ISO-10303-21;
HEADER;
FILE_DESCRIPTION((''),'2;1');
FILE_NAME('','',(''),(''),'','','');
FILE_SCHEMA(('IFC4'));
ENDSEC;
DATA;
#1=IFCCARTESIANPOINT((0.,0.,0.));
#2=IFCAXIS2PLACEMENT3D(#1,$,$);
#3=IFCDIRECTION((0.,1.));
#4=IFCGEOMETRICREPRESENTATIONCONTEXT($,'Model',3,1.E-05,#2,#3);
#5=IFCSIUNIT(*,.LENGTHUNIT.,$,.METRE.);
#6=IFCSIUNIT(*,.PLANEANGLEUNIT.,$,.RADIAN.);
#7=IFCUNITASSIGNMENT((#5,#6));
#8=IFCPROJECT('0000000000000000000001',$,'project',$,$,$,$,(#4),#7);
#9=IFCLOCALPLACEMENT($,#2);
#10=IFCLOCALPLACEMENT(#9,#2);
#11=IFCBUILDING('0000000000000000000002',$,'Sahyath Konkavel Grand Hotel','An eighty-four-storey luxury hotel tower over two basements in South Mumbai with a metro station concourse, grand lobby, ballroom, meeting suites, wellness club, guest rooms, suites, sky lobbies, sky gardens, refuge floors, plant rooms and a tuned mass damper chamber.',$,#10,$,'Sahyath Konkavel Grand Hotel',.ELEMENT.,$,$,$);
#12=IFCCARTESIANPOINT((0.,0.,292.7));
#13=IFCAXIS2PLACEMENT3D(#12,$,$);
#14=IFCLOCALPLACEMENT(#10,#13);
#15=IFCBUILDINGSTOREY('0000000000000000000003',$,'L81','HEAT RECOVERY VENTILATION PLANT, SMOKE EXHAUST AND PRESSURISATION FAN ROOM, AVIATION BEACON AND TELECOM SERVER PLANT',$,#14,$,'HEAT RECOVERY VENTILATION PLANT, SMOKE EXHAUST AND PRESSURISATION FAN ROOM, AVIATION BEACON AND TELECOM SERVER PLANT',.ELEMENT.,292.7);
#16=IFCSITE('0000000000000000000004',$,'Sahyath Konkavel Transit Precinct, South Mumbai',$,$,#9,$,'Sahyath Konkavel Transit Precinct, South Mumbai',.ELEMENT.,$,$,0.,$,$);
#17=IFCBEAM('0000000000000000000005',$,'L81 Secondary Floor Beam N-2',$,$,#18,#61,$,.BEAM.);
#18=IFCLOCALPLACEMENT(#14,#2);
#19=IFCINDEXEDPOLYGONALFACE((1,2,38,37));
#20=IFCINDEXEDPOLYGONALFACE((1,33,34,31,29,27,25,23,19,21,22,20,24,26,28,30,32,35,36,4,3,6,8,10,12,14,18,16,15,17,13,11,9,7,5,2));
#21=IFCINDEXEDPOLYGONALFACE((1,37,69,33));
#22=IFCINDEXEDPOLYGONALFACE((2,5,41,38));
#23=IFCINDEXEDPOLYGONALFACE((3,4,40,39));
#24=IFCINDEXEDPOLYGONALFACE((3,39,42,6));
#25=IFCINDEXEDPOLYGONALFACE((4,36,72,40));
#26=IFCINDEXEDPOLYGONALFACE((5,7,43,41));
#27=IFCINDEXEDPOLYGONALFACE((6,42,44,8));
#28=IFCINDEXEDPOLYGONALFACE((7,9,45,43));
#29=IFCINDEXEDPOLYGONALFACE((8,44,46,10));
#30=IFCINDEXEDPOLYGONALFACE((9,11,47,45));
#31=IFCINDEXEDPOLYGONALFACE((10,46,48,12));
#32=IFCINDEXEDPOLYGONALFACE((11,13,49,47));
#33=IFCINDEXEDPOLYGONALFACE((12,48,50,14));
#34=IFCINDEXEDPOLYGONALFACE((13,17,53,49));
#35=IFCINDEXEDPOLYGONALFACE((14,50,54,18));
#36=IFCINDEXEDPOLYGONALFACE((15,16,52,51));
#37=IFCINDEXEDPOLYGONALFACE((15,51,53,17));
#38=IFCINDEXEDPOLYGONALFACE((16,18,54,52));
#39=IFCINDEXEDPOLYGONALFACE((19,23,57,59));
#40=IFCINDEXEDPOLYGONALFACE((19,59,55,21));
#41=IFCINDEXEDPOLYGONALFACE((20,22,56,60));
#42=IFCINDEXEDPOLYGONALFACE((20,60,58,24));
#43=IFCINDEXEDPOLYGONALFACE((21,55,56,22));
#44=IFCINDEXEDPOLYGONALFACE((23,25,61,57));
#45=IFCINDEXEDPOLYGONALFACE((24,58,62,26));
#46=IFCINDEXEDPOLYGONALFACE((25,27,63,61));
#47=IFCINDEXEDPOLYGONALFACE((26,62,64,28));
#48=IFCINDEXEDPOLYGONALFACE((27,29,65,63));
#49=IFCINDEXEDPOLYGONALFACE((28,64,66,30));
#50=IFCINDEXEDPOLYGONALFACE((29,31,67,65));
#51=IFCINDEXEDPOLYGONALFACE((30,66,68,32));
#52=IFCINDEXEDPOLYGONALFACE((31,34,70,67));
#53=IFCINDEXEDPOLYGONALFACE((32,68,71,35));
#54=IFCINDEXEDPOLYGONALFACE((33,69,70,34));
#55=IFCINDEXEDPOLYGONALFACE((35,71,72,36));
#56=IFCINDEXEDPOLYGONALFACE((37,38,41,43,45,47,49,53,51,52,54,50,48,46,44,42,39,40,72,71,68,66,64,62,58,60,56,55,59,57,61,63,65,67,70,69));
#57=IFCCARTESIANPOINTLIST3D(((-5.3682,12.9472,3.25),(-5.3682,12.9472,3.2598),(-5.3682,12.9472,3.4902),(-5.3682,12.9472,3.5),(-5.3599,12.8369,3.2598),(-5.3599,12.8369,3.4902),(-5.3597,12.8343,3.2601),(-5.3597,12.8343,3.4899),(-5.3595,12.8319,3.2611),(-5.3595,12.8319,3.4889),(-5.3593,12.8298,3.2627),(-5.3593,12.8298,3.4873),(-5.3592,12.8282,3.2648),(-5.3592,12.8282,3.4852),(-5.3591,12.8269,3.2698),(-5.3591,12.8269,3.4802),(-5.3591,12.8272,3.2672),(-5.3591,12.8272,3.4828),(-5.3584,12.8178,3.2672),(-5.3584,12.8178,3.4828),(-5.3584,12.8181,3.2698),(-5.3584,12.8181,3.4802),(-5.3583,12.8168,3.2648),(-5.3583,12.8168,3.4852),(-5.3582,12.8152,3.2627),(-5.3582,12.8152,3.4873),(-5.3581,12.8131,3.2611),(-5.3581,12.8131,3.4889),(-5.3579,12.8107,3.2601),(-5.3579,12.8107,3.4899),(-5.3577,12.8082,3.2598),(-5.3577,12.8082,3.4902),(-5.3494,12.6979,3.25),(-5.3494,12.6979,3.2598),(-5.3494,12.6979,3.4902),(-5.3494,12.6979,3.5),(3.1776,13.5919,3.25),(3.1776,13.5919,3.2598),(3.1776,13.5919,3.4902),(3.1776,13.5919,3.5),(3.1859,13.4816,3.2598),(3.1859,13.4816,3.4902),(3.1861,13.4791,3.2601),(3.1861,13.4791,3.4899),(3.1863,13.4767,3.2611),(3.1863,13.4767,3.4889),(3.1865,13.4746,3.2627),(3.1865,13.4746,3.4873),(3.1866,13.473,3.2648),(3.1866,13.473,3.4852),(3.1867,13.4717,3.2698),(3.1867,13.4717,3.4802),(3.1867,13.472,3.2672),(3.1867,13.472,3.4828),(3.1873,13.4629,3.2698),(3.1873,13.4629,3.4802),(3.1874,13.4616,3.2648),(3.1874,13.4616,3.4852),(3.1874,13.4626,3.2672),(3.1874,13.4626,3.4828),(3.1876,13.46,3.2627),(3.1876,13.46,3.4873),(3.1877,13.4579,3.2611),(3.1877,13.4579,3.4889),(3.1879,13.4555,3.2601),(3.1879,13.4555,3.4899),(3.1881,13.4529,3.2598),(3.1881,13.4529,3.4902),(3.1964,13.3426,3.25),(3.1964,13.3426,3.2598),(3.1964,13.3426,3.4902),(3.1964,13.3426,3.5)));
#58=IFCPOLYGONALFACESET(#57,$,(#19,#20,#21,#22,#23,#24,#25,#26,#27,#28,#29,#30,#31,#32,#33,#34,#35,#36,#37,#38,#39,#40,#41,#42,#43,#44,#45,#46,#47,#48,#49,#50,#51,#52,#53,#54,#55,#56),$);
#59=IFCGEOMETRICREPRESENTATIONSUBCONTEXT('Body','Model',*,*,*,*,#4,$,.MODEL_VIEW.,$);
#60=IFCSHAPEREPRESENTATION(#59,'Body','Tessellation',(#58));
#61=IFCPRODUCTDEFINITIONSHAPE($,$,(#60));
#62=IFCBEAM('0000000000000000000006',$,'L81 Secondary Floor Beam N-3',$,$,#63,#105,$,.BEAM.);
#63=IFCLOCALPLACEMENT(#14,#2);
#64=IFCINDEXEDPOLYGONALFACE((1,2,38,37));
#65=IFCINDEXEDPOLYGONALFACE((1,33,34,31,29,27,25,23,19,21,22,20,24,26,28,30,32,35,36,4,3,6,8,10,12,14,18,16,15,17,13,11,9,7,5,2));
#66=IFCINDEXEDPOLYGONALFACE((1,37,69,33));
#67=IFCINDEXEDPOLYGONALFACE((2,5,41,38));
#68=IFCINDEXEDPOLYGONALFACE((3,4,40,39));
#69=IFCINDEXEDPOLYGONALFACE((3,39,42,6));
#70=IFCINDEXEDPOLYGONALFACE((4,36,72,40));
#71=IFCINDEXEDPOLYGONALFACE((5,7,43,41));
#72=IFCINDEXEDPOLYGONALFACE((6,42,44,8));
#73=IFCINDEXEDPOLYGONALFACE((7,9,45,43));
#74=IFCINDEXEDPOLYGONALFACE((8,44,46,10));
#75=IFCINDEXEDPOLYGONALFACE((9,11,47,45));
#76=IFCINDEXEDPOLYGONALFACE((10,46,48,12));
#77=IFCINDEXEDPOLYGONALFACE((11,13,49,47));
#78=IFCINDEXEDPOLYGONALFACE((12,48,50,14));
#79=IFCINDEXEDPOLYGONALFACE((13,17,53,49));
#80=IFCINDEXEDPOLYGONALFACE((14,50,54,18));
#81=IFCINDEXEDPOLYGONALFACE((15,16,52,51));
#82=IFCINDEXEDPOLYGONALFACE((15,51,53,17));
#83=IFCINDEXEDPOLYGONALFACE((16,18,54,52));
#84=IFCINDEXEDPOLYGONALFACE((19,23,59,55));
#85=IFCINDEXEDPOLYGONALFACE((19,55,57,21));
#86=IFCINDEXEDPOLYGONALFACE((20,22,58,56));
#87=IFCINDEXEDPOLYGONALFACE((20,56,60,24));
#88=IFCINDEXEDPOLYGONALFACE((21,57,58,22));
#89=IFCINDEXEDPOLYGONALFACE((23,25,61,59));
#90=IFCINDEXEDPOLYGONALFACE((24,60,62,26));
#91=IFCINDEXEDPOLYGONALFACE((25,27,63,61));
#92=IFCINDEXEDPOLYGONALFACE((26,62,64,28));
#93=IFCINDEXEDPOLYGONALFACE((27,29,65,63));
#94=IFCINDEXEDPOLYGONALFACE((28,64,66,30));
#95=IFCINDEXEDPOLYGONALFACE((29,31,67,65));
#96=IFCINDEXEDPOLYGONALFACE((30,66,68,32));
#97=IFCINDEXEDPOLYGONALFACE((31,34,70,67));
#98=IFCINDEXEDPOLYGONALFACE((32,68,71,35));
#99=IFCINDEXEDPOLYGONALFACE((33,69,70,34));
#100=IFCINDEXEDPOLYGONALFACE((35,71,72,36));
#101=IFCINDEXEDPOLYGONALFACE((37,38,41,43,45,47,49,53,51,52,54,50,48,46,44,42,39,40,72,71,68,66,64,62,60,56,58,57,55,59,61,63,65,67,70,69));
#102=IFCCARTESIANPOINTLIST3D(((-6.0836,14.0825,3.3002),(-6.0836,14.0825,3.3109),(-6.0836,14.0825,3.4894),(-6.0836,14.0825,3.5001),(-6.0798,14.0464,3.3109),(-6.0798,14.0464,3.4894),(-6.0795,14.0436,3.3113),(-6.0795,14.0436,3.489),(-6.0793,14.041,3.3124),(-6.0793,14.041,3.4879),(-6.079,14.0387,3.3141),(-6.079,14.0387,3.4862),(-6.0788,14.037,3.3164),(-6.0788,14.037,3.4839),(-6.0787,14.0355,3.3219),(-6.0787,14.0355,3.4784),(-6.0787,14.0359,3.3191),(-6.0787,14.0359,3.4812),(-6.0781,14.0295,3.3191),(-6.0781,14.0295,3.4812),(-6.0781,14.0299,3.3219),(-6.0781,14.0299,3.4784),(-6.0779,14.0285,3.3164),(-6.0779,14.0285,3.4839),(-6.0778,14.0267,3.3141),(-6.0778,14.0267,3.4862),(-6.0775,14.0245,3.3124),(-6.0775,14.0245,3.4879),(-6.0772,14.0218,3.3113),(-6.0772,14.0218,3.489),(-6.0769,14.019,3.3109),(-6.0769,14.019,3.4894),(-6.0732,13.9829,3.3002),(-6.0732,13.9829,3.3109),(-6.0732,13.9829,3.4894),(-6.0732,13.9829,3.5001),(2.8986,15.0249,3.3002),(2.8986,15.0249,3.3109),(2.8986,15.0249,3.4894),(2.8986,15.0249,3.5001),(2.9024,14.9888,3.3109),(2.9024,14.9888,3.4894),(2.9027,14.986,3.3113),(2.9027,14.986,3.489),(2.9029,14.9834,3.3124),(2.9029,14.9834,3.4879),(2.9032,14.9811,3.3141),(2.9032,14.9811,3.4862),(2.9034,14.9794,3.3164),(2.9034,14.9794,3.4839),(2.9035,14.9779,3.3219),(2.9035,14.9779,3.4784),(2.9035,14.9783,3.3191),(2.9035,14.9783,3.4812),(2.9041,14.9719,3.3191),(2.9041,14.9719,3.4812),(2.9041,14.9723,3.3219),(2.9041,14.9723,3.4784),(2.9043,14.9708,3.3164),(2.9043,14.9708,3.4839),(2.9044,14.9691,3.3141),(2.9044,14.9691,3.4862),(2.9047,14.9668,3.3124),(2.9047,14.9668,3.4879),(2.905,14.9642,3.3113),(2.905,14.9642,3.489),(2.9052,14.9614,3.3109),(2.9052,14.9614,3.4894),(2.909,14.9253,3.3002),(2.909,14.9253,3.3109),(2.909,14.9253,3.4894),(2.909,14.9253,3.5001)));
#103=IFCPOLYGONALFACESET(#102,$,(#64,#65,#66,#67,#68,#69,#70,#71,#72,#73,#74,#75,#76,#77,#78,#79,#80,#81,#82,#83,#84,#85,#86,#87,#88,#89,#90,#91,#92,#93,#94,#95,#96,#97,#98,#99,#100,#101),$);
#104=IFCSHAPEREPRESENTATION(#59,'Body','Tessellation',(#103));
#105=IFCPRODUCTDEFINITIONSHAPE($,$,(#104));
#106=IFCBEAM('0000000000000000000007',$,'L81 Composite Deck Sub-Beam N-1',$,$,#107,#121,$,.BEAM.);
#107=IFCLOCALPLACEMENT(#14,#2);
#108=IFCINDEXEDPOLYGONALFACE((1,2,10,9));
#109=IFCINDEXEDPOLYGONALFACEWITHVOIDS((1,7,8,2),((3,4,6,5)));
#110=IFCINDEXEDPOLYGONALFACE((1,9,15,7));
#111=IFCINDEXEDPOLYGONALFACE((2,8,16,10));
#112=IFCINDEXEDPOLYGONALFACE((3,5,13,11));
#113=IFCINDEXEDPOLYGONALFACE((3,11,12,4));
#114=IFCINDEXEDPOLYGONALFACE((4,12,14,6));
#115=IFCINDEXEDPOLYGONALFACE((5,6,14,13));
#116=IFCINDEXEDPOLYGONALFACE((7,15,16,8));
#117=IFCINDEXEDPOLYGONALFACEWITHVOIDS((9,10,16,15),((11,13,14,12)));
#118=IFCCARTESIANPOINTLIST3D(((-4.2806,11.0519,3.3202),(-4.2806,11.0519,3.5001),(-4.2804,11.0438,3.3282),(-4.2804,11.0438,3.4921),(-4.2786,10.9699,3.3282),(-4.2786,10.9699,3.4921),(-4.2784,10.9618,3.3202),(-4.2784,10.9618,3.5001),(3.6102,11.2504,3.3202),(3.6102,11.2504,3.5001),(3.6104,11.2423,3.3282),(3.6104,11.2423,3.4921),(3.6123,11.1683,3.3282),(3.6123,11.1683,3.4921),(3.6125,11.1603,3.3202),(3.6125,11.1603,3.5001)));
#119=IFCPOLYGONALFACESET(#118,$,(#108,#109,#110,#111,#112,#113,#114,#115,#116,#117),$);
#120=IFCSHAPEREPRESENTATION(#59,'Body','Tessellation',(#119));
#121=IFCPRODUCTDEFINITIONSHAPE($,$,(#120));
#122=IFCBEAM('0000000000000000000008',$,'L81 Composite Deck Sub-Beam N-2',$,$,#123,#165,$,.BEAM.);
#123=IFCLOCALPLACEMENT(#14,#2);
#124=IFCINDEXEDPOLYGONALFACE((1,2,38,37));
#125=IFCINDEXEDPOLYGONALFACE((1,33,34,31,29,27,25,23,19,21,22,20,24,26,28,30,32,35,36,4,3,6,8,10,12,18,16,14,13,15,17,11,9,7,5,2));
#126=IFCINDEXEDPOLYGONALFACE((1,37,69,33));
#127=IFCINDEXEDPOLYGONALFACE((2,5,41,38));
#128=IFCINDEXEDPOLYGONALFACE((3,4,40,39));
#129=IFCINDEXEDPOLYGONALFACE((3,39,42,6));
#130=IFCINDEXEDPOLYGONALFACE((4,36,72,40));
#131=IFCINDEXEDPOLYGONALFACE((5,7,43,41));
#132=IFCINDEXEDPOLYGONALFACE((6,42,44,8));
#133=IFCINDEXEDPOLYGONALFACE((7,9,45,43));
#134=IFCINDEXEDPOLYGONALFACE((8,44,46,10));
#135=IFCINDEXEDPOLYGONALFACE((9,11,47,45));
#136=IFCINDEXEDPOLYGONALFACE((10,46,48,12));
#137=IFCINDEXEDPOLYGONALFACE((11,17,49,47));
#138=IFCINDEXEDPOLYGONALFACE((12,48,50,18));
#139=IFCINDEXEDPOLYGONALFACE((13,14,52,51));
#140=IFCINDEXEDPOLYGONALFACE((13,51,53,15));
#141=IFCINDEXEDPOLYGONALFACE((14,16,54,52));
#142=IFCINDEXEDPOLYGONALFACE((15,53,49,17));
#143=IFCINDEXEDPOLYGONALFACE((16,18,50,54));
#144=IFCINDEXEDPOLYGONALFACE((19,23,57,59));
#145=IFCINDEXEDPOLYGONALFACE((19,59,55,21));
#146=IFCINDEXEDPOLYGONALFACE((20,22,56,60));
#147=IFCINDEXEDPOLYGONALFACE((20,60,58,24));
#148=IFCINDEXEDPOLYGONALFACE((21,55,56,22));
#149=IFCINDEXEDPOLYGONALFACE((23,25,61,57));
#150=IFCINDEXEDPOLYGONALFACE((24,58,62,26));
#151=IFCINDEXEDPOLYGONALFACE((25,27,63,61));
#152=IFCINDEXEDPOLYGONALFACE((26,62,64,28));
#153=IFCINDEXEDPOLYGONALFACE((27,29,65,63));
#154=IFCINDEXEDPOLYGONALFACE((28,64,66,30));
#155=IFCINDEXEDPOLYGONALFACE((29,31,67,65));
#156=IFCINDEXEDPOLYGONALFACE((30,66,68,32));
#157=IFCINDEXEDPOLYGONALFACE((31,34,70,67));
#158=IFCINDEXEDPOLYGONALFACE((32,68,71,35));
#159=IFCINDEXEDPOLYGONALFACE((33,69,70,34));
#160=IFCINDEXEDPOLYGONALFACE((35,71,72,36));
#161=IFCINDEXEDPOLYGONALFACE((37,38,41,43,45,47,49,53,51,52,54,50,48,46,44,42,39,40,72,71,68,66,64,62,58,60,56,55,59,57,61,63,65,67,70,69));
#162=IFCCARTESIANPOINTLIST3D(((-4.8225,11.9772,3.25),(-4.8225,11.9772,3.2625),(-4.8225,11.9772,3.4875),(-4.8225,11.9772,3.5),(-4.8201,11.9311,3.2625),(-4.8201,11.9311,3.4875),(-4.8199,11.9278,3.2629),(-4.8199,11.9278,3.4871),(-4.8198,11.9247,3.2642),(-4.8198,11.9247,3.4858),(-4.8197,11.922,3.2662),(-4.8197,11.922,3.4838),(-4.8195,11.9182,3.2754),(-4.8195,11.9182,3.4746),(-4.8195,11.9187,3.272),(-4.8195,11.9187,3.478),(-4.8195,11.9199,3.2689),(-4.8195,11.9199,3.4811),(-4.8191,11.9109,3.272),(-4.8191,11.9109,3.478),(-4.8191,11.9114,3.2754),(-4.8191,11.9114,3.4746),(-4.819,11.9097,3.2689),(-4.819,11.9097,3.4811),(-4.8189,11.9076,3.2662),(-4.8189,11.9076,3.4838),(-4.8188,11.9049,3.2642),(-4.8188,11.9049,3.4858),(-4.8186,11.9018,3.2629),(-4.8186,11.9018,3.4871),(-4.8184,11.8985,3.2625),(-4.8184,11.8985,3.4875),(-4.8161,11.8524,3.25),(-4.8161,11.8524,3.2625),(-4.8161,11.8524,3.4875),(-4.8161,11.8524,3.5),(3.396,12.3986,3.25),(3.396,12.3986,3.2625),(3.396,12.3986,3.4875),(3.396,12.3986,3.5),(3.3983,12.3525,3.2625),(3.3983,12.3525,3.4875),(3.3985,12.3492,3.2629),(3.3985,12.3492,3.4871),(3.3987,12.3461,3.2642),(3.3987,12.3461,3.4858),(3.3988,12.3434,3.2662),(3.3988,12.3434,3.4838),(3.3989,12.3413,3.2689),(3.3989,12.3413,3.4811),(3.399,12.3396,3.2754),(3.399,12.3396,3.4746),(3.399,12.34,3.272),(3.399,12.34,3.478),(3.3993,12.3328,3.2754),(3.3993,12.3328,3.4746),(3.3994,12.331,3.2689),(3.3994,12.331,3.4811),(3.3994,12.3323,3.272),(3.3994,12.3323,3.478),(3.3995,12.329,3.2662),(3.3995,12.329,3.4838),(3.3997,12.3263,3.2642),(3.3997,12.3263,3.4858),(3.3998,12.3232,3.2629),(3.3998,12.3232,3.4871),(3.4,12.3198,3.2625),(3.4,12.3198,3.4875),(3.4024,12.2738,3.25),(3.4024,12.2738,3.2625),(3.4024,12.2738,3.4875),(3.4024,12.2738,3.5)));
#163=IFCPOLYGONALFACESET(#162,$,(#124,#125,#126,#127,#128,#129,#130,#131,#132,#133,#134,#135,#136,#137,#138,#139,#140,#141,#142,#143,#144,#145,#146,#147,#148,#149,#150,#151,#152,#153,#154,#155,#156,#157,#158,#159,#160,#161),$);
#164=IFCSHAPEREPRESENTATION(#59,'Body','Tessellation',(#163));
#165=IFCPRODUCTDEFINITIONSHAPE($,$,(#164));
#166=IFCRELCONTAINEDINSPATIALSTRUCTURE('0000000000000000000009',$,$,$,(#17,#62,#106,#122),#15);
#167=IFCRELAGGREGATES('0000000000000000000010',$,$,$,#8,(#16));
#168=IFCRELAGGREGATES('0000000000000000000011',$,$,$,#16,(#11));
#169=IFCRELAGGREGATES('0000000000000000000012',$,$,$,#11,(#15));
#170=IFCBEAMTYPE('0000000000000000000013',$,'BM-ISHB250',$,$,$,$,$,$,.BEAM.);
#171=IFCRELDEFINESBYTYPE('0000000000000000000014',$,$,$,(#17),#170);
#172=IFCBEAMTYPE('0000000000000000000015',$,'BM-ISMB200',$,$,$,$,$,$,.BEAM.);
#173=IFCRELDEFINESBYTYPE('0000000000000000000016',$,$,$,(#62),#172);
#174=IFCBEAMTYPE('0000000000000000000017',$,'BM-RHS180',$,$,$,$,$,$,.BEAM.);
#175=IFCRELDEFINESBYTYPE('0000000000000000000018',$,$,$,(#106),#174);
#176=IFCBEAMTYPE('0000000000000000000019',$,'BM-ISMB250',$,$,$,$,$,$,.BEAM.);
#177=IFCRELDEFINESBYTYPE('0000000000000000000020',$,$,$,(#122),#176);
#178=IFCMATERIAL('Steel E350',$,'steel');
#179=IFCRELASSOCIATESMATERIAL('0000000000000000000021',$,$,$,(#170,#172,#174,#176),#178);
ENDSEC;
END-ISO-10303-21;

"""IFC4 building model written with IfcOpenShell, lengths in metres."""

from ifc_helpers import new_model, si_unit, direction, frame, origin, origin_2d, place, context, subcontext, project, spatial, hollow_rectangle, i_section, extrude, source, transform, mapped, material, material_profile, profile_set, type_object, element, save


model = new_model("IFC4")

# Units and contexts
model_context = context("Model", 3, precision=1e-05, world=origin(), true_north=direction((0.0, 1.0)))
body_context = subcontext(model_context, "Body", "Model", "MODEL_VIEW")
ifc_project = project(units=[si_unit("LENGTHUNIT", "METRE"), si_unit("PLANEANGLEUNIT", "RADIAN")], contexts=[model_context])

# Site, building, storey
site_placement = place(None, origin())
site = spatial("IfcSite", under=ifc_project, at=site_placement, Name="Sahyath Konkavel Transit Precinct, South Mumbai", LongName="Sahyath Konkavel Transit Precinct, South Mumbai", CompositionType="ELEMENT", RefElevation=0.0)
building_placement = place(site_placement, origin())
building = spatial("IfcBuilding", under=site, at=building_placement, Name="Sahyath Konkavel Grand Hotel", Description="An eighty-four-storey luxury hotel tower over two basements in South Mumbai with a metro station concourse, grand lobby, ballroom, meeting suites, wellness club, guest rooms, suites, sky lobbies, sky gardens, refuge floors, plant rooms and a tuned mass damper chamber.", LongName="Sahyath Konkavel Grand Hotel", CompositionType="ELEMENT")
storey_placement = place(building_placement, frame((0.0, 0.0, 292.7)))
storey = spatial("IfcBuildingStorey", under=building, at=storey_placement, Name="L81", Description="HEAT RECOVERY VENTILATION PLANT, SMOKE EXHAUST AND PRESSURISATION FAN ROOM, AVIATION BEACON AND TELECOM SERVER PLANT", LongName="HEAT RECOVERY VENTILATION PLANT, SMOKE EXHAUST AND PRESSURISATION FAN ROOM, AVIATION BEACON AND TELECOM SERVER PLANT", CompositionType="ELEMENT", Elevation=292.7)

# Beams
ifc_material_1 = material(Name="Steel E350", Category="steel")
ifc_material_profile_1 = material_profile(ifc_material_1, i_section(OverallWidth=0.25, OverallDepth=0.25, WebThickness=0.0088, FlangeThickness=0.0098, FilletRadius=0.01, at=origin_2d()), Name="ISHB 250")
ifc_profile_set_1 = profile_set([ifc_material_profile_1], Name="Steel E350")
beam_type_1 = type_object("IfcBeamType", Name="BM-ISHB250", PredefinedType="BEAM", material=ifc_profile_set_1)
shared_shape_1 = source(origin(), body_context, "Body", "SweptSolid", [
    extrude(i_section(OverallWidth=0.25, OverallDepth=0.25, WebThickness=0.0088, FlangeThickness=0.0098, FilletRadius=0.01, at=origin_2d()), origin(), (0.0, 0.0, 1.0), 8.5701),
])
beam_1_placement = place(storey_placement, frame((3.187, 13.4673, 3.375), z_axis=(-0.997166, -0.075235, 0.0), x_axis=(0.075235, -0.997166, 0.0)))
element("IfcBeam", 1, at=beam_1_placement, inside=storey, type_object=beam_type_1, Name="L81 Secondary Floor Beam N-2", PredefinedType="BEAM", context=body_context, shape_type="MappedRepresentation", body=[
    mapped(shared_shape_1, transform((0.0, 0.0, 0.0), scale=1.0)),
])
ifc_material_profile_2 = material_profile(ifc_material_1, i_section(OverallWidth=0.1001, OverallDepth=0.2, WebThickness=0.0056, FlangeThickness=0.0107, FilletRadius=0.011, at=origin_2d()), Name="ISMB 200")
ifc_profile_set_2 = profile_set([ifc_material_profile_2], Name="Steel E350")
beam_type_2 = type_object("IfcBeamType", Name="BM-ISMB200", PredefinedType="BEAM", material=ifc_profile_set_2)
shared_shape_2 = source(origin(), body_context, "Body", "SweptSolid", [
    extrude(i_section(OverallWidth=0.1001, OverallDepth=0.2, WebThickness=0.0056, FlangeThickness=0.0107, FilletRadius=0.011, at=origin_2d()), origin(), (0.0, 0.0, 1.0), 9.0315),
])
beam_2_placement = place(storey_placement, frame((2.9038, 14.9751, 3.4001), z_axis=(-0.994541, -0.104344, 0.0), x_axis=(0.104344, -0.994541, 0.0)))
element("IfcBeam", 2, at=beam_2_placement, inside=storey, type_object=beam_type_2, Name="L81 Secondary Floor Beam N-3", PredefinedType="BEAM", context=body_context, shape_type="MappedRepresentation", body=[
    mapped(shared_shape_2, transform((0.0, 0.0, 0.0), scale=1.0)),
])
ifc_material_profile_3 = material_profile(ifc_material_1, hollow_rectangle(XDim=0.0901, YDim=0.1799, WallThickness=0.0081, at=origin_2d()), Name="RHS 180x90x8")
ifc_profile_set_3 = profile_set([ifc_material_profile_3], Name="Steel E350")
beam_type_3 = type_object("IfcBeamType", Name="BM-RHS180", PredefinedType="BEAM", material=ifc_profile_set_3)
shared_shape_3 = source(origin(), body_context, "Body", "SweptSolid", [
    extrude(hollow_rectangle(XDim=0.0901, YDim=0.1799, WallThickness=0.0081, at=origin_2d()), origin(), (0.0, 0.0, 1.0), 7.8933),
])
beam_3_placement = place(storey_placement, frame((3.6113, 11.2053, 3.4102), z_axis=(-0.999684, -0.025146, 0.0), x_axis=(0.025146, -0.999684, 0.0)))
element("IfcBeam", 3, at=beam_3_placement, inside=storey, type_object=beam_type_3, Name="L81 Composite Deck Sub-Beam N-1", PredefinedType="BEAM", context=body_context, shape_type="MappedRepresentation", body=[
    mapped(shared_shape_3, transform((0.0, 0.0, 0.0), scale=1.0)),
])
ifc_material_profile_4 = material_profile(ifc_material_1, i_section(OverallWidth=0.125, OverallDepth=0.25, WebThickness=0.0068, FlangeThickness=0.0125, FilletRadius=0.0129, at=origin_2d()), Name="ISMB 250")
ifc_profile_set_4 = profile_set([ifc_material_profile_4], Name="Steel E350")
beam_type_4 = type_object("IfcBeamType", Name="BM-ISMB250", PredefinedType="BEAM", material=ifc_profile_set_4)
shared_shape_4 = source(origin(), body_context, "Body", "SweptSolid", [
    extrude(i_section(OverallWidth=0.125, OverallDepth=0.25, WebThickness=0.0068, FlangeThickness=0.0125, FilletRadius=0.0129, at=origin_2d()), origin(), (0.0, 0.0, 1.0), 8.2292),
])
beam_4_placement = place(storey_placement, frame((3.3992, 12.3362, 3.375), z_axis=(-0.998688, -0.051206, 0.0), x_axis=(0.051206, -0.998688, 0.0)))
element("IfcBeam", 4, at=beam_4_placement, inside=storey, type_object=beam_type_4, Name="L81 Composite Deck Sub-Beam N-2", PredefinedType="BEAM", context=body_context, shape_type="MappedRepresentation", body=[
    mapped(shared_shape_4, transform((0.0, 0.0, 0.0), scale=1.0)),
])

save(model, "model.ifc")
